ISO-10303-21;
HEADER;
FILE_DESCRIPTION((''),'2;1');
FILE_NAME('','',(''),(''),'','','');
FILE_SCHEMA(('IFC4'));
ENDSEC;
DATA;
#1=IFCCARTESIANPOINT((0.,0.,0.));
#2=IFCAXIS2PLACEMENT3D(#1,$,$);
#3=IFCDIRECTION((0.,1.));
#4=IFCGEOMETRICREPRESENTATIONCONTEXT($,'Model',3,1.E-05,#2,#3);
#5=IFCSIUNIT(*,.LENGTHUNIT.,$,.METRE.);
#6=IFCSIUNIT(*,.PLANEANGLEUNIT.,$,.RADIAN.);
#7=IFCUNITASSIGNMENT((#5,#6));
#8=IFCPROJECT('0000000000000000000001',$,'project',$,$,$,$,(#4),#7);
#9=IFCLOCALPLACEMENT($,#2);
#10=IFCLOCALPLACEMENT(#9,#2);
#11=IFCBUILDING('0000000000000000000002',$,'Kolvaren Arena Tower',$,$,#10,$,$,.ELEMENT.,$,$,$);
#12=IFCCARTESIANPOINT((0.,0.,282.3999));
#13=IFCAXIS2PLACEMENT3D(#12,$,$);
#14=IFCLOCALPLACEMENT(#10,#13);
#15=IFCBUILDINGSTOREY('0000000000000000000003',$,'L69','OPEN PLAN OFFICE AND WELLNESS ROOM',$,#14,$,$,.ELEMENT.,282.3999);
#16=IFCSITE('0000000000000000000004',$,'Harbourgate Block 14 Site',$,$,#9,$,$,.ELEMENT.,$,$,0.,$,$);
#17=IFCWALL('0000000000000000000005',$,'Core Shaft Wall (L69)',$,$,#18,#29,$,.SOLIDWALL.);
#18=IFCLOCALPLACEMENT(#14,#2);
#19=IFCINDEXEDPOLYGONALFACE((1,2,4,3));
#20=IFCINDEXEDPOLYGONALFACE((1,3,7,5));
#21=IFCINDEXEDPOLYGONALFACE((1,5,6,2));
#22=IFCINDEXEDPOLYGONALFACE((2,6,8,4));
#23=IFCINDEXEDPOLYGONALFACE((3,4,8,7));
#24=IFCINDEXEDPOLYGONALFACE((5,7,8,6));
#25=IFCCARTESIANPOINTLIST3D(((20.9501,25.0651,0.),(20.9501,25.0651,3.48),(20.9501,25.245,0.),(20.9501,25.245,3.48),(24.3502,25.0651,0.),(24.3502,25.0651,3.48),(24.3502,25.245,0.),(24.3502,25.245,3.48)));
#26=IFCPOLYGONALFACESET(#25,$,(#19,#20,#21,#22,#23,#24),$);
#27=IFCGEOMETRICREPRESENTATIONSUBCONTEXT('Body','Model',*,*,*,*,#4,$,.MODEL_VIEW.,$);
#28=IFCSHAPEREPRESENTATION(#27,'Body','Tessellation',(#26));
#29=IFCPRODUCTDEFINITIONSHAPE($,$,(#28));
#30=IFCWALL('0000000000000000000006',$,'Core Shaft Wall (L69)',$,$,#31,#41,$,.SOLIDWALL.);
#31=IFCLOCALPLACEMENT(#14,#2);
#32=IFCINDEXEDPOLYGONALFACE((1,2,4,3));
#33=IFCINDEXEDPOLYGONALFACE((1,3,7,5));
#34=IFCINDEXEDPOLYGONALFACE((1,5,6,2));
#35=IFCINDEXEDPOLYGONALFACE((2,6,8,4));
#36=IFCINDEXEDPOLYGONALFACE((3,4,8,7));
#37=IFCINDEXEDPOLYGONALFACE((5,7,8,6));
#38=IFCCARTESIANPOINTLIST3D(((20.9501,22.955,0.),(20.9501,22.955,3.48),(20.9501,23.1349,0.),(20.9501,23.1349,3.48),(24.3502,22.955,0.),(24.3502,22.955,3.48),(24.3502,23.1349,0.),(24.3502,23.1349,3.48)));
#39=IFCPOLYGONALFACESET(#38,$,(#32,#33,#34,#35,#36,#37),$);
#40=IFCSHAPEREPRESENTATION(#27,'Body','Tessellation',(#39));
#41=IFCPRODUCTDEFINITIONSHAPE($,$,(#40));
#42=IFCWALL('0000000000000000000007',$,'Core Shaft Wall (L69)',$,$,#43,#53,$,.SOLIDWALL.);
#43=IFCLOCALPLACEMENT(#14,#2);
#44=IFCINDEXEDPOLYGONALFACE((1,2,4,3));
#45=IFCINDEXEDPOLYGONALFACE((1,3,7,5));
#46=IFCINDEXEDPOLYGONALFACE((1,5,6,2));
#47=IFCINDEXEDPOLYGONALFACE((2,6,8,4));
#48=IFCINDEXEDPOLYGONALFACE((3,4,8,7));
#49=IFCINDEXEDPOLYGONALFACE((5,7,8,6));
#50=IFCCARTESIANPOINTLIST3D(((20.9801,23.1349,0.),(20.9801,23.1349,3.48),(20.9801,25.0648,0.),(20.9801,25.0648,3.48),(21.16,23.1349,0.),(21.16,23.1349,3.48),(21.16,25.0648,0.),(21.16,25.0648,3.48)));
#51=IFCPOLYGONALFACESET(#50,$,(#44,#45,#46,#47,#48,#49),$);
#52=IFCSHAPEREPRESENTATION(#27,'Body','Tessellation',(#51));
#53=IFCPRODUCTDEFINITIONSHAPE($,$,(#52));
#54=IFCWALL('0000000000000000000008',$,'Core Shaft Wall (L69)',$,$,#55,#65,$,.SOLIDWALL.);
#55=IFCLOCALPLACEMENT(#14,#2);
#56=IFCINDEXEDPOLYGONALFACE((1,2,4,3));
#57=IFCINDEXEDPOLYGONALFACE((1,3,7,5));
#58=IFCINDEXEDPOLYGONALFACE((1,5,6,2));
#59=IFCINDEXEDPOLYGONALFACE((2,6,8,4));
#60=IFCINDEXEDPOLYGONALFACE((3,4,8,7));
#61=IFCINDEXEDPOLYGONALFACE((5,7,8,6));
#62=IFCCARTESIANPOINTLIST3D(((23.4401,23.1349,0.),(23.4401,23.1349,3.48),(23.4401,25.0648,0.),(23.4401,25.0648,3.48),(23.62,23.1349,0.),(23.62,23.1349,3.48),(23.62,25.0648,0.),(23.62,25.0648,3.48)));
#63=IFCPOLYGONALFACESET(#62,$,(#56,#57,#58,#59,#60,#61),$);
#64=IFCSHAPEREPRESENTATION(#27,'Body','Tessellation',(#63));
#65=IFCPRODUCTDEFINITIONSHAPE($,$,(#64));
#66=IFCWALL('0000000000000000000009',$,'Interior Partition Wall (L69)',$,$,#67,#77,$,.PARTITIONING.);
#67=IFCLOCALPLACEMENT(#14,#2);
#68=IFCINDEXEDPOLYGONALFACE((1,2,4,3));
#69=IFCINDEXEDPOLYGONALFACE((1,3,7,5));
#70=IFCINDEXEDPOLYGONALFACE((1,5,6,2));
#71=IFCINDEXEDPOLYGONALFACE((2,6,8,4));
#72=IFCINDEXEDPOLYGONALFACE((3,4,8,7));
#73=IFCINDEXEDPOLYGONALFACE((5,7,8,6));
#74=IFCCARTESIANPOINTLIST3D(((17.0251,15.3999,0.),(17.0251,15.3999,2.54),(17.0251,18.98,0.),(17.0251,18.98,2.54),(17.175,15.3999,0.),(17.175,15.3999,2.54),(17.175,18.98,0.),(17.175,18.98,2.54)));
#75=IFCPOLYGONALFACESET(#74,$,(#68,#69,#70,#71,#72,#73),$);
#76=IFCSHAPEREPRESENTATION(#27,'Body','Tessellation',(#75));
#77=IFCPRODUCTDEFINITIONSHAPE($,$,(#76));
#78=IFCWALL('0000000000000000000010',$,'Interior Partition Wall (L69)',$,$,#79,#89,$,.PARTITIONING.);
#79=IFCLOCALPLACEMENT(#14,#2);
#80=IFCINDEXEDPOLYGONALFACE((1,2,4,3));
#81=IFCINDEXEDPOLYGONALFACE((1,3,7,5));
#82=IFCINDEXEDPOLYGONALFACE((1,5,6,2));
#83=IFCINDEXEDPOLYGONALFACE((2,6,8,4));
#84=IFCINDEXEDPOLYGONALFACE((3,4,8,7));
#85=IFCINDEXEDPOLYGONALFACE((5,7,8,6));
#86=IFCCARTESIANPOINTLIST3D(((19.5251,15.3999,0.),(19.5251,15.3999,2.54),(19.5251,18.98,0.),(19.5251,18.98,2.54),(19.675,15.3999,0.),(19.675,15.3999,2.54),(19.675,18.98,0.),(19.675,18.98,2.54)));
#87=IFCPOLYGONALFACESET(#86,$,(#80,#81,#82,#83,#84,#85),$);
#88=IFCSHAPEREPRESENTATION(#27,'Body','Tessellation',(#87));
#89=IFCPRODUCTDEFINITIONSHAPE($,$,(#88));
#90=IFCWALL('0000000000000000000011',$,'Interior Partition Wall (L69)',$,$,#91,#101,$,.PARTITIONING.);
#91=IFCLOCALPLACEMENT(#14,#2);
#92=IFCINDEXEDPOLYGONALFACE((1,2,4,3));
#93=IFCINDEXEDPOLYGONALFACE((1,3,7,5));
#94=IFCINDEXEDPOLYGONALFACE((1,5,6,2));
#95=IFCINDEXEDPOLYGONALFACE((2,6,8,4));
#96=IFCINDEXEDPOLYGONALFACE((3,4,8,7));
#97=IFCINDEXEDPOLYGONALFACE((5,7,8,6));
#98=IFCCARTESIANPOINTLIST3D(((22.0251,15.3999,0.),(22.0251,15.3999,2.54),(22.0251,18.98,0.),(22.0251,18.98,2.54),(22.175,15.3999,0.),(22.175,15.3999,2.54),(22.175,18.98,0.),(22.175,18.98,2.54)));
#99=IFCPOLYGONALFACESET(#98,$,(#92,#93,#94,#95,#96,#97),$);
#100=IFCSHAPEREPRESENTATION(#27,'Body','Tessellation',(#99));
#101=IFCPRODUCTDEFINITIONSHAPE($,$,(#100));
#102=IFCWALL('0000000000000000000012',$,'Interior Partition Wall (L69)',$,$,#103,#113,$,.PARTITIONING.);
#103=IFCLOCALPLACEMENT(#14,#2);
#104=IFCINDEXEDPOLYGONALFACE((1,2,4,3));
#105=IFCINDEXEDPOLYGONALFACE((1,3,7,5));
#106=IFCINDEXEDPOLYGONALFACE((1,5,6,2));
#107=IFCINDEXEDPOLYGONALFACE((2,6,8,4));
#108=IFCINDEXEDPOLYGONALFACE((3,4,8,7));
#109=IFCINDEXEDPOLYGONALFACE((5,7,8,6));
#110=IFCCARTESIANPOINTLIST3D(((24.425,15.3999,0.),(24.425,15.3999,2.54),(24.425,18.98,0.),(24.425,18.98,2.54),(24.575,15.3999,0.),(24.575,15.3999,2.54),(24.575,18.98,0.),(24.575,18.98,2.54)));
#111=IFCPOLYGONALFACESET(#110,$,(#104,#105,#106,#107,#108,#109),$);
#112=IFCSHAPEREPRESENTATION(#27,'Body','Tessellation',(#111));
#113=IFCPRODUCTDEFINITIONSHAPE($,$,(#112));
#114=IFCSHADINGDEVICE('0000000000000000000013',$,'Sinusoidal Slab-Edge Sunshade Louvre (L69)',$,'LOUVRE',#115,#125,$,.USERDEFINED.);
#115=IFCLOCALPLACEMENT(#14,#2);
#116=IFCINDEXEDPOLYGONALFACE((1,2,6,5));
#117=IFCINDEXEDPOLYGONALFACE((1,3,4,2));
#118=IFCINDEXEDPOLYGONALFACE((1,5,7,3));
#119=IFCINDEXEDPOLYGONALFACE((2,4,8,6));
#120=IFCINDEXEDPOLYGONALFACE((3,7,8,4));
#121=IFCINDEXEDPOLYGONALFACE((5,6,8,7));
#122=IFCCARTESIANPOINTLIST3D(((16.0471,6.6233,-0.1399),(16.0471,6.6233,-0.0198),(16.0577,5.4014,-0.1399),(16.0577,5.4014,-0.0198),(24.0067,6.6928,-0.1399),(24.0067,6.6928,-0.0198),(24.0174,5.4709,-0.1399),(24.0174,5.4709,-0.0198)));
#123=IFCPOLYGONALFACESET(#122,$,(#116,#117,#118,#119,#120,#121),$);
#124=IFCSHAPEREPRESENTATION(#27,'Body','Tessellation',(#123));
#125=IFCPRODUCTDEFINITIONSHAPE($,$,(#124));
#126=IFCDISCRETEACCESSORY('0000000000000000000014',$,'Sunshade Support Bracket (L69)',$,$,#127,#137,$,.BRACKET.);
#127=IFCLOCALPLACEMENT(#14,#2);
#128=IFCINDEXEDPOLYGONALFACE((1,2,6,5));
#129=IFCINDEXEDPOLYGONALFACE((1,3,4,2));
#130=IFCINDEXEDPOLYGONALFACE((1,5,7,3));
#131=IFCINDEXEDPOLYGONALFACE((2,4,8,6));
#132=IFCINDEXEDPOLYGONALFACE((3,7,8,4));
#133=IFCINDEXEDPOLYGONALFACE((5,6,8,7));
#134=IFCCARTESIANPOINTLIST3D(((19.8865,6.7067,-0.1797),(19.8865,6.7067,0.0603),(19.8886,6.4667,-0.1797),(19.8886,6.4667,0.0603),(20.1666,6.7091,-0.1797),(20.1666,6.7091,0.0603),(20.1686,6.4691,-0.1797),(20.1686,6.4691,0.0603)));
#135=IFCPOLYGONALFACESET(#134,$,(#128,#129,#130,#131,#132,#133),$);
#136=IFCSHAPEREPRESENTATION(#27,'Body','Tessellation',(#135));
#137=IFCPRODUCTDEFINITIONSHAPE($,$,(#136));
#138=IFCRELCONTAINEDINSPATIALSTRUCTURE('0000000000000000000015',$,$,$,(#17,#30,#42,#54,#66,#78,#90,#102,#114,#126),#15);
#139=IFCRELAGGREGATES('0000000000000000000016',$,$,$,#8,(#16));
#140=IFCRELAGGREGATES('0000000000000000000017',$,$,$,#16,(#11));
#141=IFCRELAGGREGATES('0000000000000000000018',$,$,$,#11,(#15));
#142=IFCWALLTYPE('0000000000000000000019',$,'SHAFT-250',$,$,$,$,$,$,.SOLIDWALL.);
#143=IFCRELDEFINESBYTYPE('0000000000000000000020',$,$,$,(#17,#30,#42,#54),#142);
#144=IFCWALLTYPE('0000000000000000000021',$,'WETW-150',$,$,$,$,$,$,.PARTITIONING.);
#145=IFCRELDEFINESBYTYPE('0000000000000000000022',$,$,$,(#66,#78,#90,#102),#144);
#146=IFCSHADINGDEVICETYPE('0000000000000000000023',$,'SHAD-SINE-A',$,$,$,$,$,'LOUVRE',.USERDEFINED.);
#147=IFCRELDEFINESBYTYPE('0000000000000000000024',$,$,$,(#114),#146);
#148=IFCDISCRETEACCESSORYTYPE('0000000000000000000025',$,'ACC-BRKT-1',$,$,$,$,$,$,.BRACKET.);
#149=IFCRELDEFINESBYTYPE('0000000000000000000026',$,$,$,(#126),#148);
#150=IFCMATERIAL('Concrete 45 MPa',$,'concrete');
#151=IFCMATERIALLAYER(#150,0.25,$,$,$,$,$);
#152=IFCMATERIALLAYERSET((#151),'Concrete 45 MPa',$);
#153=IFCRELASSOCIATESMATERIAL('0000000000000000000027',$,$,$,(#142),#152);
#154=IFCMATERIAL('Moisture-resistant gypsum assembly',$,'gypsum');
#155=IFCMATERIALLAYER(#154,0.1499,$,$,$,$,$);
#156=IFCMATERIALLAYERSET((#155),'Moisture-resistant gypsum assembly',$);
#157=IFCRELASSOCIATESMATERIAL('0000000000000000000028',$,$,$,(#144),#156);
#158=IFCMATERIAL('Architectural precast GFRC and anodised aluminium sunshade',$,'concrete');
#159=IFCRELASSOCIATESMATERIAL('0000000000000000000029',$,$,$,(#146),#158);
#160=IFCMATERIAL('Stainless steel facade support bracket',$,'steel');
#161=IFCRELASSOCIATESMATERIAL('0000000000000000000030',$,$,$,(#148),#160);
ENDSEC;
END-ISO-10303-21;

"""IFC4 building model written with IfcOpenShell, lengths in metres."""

from ifc_helpers import new_model, si_unit, direction, frame, frame_2d, origin, origin_2d, place, context, subcontext, project, spatial, rectangle, extrude, material, layer, layer_set, type_object, element, save


model = new_model("IFC4")

# Units and contexts
model_context = context("Model", 3, precision=1e-05, world=origin(), true_north=direction((0.0, 1.0)))
body_context = subcontext(model_context, "Body", "Model", "MODEL_VIEW")
ifc_project = project(units=[si_unit("LENGTHUNIT", "METRE"), si_unit("PLANEANGLEUNIT", "RADIAN")], contexts=[model_context])

# Site, building, storey
site_placement = place(None, origin())
site = spatial("IfcSite", under=ifc_project, at=site_placement, Name="Harbourgate Block 14 Site", CompositionType="ELEMENT", RefElevation=0.0)
building_placement = place(site_placement, origin())
building = spatial("IfcBuilding", under=site, at=building_placement, Name="Kolvaren Arena Tower", CompositionType="ELEMENT")
storey_placement = place(building_placement, frame((0.0, 0.0, 282.3999)))
storey = spatial("IfcBuildingStorey", under=building, at=storey_placement, Name="L69", Description="OPEN PLAN OFFICE AND WELLNESS ROOM", CompositionType="ELEMENT", Elevation=282.3999)

# Walls
ifc_material_1 = material(Name="Concrete 45 MPa", Category="concrete")
ifc_layer_1 = layer(ifc_material_1, 0.25)
ifc_layer_set_1 = layer_set([ifc_layer_1], Name="Concrete 45 MPa")
wall_type_1 = type_object("IfcWallType", Name="SHAFT-250", PredefinedType="SOLIDWALL", material=ifc_layer_set_1)
for number, where, z_axis, x_axis, name in (
    (1, (20.95, 25.155, 0.0), (0.0, 0.0, 1.0), (1.0, 0.0, 0.0), "Core Shaft Wall (L69)"),
    (2, (20.95, 23.0449, 0.0), (0.0, 0.0, 1.0), (1.0, 0.0, 0.0), "Core Shaft Wall (L69)"),
):
    element("IfcWall", number, at=place(storey_placement, frame(where, z_axis=z_axis, x_axis=x_axis)), inside=storey, type_object=wall_type_1, Name=name, PredefinedType="SOLIDWALL", context=body_context, shape_type="SweptSolid", body=[
        extrude(rectangle(XDim=3.4001, YDim=0.1799, at=frame_2d((1.7002, 0.0))), origin(), (0.0, 0.0, 1.0), 3.48),
    ])
for number, where, z_axis, x_axis, name in (
    (3, (21.0701, 23.135, 0.0), (0.0, 0.0, 1.0), (0.0, 1.0, 0.0), "Core Shaft Wall (L69)"),
    (4, (23.53, 23.135, 0.0), (0.0, 0.0, 1.0), (0.0, 1.0, 0.0), "Core Shaft Wall (L69)"),
):
    element("IfcWall", number, at=place(storey_placement, frame(where, z_axis=z_axis, x_axis=x_axis)), inside=storey, type_object=wall_type_1, Name=name, PredefinedType="SOLIDWALL", context=body_context, shape_type="SweptSolid", body=[
        extrude(rectangle(XDim=1.9299, YDim=0.1799, at=frame_2d((0.9648, 0.0))), origin(), (0.0, 0.0, 1.0), 3.48),
    ])
ifc_material_2 = material(Name="Moisture-resistant gypsum assembly", Category="gypsum")
ifc_layer_2 = layer(ifc_material_2, 0.1499)
ifc_layer_set_2 = layer_set([ifc_layer_2], Name="Moisture-resistant gypsum assembly")
wall_type_2 = type_object("IfcWallType", Name="WETW-150", PredefinedType="PARTITIONING", material=ifc_layer_set_2)
for number, where, z_axis, x_axis, name in (
    (5, (17.1001, 15.3999, 0.0), (0.0, 0.0, 1.0), (0.0, 1.0, 0.0), "Interior Partition Wall (L69)"),
    (6, (19.6001, 15.3999, 0.0), (0.0, 0.0, 1.0), (0.0, 1.0, 0.0), "Interior Partition Wall (L69)"),
    (7, (22.1001, 15.3999, 0.0), (0.0, 0.0, 1.0), (0.0, 1.0, 0.0), "Interior Partition Wall (L69)"),
    (8, (24.5, 15.3999, 0.0), (0.0, 0.0, 1.0), (0.0, 1.0, 0.0), "Interior Partition Wall (L69)"),
):
    element("IfcWall", number, at=place(storey_placement, frame(where, z_axis=z_axis, x_axis=x_axis)), inside=storey, type_object=wall_type_2, Name=name, PredefinedType="PARTITIONING", context=body_context, shape_type="SweptSolid", body=[
        extrude(rectangle(XDim=3.5801, YDim=0.1499, at=frame_2d((1.79, 0.0))), origin(), (0.0, 0.0, 1.0), 2.54),
    ])

# Shading device
ifc_material_3 = material(Name="Architectural precast GFRC and anodised aluminium sunshade", Category="concrete")
shading_device_type = type_object("IfcShadingDeviceType", Name="SHAD-SINE-A", ElementType="LOUVRE", PredefinedType="USERDEFINED", material=ifc_material_3)
shading_device_placement = place(storey_placement, frame((20.0322, 6.0471, -0.1399), z_axis=(0.0, 0.0, 1.0), x_axis=(-0.999962, -0.008727, 0.0)))
element("IfcShadingDevice", 9, at=shading_device_placement, inside=storey, type_object=shading_device_type, Name="Sinusoidal Slab-Edge Sunshade Louvre (L69)", ObjectType="LOUVRE", PredefinedType="USERDEFINED", context=body_context, shape_type="SweptSolid", body=[
    extrude(rectangle(XDim=7.96, YDim=1.2219, at=origin_2d()), origin(), (0.0, 0.0, 1.0), 0.1201),
])

# Discrete accessory
ifc_material_4 = material(Name="Stainless steel facade support bracket", Category="steel")
discrete_accessory_type = type_object("IfcDiscreteAccessoryType", Name="ACC-BRKT-1", PredefinedType="BRACKET", material=ifc_material_4)
discrete_accessory_placement = place(storey_placement, frame((20.0276, 6.5879, -0.1797), z_axis=(0.0, 0.0, 1.0), x_axis=(-0.999962, -0.008727, 0.0)))
element("IfcDiscreteAccessory", 10, at=discrete_accessory_placement, inside=storey, type_object=discrete_accessory_type, Name="Sunshade Support Bracket (L69)", PredefinedType="BRACKET", context=body_context, shape_type="SweptSolid", body=[
    extrude(rectangle(XDim=0.28, YDim=0.24, at=origin_2d()), origin(), (0.0, 0.0, 1.0), 0.24),
])

save(model, "model.ifc")
